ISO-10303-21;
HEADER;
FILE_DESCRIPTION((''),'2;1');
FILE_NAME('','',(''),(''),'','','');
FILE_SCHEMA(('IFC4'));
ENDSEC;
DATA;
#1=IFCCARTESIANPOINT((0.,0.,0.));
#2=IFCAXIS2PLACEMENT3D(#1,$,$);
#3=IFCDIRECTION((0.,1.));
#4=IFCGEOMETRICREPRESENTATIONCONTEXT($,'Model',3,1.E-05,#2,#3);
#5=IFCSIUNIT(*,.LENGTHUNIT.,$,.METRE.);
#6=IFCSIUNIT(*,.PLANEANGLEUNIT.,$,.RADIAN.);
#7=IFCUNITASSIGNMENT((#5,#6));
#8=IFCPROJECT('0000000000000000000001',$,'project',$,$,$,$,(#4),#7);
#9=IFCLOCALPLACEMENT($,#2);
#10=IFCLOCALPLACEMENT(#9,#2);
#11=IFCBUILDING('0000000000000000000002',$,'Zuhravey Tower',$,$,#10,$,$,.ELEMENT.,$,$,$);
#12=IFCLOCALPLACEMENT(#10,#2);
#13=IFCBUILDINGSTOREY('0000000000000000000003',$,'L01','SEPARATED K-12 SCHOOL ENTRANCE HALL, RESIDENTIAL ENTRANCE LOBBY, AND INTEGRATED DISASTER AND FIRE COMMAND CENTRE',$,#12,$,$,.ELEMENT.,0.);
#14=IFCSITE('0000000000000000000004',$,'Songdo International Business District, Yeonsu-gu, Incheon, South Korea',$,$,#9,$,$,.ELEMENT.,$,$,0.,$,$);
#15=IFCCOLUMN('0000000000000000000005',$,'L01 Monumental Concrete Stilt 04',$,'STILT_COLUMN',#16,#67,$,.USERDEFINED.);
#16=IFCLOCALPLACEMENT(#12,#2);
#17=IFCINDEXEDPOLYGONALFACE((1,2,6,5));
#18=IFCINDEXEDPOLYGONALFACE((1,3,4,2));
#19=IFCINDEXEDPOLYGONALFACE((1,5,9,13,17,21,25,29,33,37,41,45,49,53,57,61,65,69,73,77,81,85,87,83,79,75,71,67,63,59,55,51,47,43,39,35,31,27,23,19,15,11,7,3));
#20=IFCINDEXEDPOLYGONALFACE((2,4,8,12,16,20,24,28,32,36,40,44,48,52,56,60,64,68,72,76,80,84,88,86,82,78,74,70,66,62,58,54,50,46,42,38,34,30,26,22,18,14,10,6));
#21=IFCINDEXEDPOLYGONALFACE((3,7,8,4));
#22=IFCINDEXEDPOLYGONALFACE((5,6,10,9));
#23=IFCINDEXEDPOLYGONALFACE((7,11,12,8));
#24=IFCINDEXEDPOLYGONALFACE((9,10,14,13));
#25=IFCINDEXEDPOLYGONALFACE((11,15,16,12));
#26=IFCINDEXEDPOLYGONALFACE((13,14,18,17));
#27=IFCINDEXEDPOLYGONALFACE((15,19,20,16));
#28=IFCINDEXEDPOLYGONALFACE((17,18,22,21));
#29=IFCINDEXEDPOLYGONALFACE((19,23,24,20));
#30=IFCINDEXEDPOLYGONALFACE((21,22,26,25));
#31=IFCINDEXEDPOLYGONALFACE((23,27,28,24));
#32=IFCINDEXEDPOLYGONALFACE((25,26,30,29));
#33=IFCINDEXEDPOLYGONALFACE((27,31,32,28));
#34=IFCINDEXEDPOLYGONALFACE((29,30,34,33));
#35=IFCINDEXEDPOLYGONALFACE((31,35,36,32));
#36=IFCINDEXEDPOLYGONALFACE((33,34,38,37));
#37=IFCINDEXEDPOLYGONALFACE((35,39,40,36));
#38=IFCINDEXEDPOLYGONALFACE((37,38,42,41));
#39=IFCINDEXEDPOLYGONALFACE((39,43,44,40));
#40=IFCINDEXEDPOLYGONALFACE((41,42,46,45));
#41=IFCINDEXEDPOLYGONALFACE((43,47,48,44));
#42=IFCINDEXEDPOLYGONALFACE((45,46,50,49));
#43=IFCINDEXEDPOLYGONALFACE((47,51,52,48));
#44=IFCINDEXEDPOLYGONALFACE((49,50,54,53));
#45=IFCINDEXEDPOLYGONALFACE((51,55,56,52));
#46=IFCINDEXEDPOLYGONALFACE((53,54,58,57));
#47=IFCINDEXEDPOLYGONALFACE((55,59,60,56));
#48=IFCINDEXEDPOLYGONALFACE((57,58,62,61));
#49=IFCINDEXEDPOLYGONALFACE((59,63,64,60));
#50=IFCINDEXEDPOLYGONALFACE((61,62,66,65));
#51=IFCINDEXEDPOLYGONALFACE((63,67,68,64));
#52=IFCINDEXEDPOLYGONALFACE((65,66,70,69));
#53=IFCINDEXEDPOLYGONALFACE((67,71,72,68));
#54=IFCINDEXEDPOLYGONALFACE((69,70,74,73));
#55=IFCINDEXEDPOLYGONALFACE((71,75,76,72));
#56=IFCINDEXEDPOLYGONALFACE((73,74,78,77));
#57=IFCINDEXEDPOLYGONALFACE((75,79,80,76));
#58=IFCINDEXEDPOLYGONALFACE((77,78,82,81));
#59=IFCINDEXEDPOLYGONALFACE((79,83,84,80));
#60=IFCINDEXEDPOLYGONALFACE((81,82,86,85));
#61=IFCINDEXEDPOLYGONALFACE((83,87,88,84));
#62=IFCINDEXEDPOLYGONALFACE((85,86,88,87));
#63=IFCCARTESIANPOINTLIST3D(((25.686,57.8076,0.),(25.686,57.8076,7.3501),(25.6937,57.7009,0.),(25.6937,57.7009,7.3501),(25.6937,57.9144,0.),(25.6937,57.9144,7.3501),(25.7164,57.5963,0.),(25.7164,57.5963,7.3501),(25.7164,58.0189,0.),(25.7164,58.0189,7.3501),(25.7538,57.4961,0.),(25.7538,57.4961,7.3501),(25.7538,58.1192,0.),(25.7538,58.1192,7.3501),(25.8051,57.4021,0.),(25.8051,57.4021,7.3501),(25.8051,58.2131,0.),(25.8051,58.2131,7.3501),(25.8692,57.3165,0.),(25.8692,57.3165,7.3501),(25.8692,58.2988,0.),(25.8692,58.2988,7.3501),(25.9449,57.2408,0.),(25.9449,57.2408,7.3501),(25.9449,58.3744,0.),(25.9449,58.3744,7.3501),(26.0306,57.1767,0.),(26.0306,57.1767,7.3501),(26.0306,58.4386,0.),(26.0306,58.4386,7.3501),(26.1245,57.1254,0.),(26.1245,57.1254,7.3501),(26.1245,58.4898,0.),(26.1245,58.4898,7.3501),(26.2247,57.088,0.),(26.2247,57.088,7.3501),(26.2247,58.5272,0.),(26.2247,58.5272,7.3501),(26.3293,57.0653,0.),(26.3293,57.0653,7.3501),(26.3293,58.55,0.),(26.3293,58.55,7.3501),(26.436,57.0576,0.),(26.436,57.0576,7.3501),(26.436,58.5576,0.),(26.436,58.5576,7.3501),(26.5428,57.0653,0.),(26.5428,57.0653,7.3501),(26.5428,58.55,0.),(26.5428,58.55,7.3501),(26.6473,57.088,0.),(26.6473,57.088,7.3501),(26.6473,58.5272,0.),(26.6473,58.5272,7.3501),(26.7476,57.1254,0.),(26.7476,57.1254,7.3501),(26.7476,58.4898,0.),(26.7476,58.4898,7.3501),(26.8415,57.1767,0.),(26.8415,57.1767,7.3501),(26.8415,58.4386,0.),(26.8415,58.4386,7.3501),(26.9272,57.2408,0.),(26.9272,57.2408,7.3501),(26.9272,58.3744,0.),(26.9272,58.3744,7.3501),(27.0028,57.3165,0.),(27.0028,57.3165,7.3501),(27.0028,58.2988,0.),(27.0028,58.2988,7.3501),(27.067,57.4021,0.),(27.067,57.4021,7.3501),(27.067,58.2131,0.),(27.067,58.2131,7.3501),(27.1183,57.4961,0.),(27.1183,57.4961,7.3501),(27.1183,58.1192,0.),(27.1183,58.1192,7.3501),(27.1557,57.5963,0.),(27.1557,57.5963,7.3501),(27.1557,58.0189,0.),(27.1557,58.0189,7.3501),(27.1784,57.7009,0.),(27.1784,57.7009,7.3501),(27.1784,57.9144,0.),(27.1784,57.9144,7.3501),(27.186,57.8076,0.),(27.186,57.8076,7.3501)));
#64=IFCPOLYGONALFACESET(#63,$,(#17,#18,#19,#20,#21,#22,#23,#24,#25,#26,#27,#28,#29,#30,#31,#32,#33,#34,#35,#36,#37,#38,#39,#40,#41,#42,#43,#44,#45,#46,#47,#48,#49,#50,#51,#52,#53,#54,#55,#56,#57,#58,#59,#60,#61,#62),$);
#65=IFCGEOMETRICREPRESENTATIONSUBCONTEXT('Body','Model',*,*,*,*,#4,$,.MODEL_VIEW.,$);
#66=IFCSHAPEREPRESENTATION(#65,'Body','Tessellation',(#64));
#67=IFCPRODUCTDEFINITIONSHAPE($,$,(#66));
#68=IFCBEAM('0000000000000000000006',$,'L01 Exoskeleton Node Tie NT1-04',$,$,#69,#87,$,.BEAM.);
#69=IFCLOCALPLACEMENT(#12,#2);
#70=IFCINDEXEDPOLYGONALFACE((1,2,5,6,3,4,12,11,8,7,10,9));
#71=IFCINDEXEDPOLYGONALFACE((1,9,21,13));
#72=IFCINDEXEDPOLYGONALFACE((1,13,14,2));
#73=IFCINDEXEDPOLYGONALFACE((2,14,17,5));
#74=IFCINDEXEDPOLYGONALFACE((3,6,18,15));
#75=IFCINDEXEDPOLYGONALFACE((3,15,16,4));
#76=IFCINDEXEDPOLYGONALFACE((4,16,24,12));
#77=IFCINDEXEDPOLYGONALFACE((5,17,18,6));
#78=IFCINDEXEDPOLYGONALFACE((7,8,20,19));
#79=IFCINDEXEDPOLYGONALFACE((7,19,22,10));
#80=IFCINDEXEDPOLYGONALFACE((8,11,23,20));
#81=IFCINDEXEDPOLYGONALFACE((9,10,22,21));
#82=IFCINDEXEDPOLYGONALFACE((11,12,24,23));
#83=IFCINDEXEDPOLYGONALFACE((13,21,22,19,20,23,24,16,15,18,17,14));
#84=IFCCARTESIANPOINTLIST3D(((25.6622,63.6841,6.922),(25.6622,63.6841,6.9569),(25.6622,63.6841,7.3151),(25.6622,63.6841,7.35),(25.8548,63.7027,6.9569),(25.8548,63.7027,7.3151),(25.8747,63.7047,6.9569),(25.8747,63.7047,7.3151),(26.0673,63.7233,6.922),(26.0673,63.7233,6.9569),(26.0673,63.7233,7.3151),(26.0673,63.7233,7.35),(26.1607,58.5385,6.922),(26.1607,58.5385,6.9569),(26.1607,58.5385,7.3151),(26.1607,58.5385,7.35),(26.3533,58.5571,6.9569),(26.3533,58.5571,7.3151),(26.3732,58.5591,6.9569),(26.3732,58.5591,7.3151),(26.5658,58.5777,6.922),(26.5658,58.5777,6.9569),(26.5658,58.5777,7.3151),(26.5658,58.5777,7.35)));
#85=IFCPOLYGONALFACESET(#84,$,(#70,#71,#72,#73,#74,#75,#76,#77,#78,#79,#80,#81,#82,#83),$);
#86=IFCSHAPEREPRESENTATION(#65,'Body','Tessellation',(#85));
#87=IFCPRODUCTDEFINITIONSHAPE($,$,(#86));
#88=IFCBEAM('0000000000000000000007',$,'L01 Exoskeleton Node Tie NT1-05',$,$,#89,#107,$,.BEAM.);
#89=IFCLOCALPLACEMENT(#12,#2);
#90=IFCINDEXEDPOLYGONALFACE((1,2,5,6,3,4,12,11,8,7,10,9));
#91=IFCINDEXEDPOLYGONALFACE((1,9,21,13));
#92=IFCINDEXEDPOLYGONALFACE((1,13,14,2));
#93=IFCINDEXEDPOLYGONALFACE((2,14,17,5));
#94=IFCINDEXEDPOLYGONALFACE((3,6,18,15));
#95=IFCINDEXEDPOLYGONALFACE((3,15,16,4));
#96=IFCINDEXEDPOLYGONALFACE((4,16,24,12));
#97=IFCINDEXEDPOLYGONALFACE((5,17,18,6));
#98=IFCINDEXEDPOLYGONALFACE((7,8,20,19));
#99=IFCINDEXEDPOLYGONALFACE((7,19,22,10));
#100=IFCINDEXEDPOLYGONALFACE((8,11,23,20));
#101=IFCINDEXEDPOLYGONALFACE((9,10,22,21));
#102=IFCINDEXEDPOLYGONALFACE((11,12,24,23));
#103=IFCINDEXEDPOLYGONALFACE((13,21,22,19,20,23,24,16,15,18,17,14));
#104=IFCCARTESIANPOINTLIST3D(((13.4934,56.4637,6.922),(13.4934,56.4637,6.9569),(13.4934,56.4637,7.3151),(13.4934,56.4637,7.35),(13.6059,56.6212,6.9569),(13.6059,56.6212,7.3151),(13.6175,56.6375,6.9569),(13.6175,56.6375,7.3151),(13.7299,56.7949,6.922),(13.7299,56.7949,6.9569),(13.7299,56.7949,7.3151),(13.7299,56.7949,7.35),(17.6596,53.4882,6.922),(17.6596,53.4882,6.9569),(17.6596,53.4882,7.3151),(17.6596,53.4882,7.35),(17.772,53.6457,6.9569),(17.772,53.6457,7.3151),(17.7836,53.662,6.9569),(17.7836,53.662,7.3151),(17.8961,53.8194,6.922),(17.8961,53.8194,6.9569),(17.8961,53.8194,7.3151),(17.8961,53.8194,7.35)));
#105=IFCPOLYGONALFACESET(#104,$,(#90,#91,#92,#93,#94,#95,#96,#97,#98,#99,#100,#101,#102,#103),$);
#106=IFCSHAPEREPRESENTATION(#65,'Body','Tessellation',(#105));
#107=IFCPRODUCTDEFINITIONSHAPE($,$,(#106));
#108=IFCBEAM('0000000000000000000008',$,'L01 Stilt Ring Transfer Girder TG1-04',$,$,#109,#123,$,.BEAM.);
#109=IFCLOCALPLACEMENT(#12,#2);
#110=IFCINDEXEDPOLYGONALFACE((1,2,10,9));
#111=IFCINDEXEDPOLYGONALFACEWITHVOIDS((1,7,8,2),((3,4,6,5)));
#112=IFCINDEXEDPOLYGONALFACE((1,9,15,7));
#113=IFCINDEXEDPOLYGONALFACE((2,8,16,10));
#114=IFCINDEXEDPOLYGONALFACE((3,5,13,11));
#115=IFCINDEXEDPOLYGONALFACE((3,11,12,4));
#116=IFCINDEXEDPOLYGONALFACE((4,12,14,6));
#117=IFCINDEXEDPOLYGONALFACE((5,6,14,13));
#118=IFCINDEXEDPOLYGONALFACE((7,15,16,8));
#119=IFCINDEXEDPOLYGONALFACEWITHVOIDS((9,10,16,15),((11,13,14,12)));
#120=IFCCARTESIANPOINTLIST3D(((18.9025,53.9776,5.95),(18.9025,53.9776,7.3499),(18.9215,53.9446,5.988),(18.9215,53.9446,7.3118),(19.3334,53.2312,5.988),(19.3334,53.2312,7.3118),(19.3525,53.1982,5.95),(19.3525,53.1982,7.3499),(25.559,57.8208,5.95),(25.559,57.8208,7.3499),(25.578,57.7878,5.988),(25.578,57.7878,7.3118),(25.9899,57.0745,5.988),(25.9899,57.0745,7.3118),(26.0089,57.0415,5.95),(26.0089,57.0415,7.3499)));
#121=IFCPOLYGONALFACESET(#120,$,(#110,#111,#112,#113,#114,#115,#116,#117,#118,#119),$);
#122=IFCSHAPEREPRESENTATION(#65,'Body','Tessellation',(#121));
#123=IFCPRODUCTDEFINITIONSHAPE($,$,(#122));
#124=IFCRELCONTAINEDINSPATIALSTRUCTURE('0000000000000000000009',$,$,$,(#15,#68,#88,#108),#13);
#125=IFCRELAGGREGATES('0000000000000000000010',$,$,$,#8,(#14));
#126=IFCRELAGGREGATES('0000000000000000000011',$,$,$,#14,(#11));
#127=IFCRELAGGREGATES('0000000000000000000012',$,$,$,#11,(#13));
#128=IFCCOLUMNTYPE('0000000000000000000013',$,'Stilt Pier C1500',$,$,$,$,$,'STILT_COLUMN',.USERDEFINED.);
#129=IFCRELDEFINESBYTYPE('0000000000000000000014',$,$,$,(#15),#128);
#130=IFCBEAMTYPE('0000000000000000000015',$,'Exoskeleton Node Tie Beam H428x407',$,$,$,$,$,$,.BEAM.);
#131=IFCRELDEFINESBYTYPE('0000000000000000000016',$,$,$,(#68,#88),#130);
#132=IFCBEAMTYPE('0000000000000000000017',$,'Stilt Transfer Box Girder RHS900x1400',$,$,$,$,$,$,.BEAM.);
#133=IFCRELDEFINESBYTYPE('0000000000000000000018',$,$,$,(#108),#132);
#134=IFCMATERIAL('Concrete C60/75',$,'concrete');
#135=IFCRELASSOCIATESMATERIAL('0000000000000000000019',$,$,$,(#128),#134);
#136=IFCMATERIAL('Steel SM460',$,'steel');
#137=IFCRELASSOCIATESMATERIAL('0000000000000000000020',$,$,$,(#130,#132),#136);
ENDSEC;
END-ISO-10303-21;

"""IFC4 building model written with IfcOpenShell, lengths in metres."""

from ifc_helpers import new_model, si_unit, direction, frame, origin, origin_2d, place, context, subcontext, project, spatial, hollow_rectangle, circle, i_section, extrude, material, material_profile, profile_set, type_object, element, save


model = new_model("IFC4")

# Units and contexts
model_context = context("Model", 3, precision=1e-05, world=origin(), true_north=direction((0.0, 1.0)))
body_context = subcontext(model_context, "Body", "Model", "MODEL_VIEW")
ifc_project = project(units=[si_unit("LENGTHUNIT", "METRE"), si_unit("PLANEANGLEUNIT", "RADIAN")], contexts=[model_context])

# Site, building, storey
site_placement = place(None, origin())
site = spatial("IfcSite", under=ifc_project, at=site_placement, Name="Songdo International Business District, Yeonsu-gu, Incheon, South Korea", CompositionType="ELEMENT", RefElevation=0.0)
building_placement = place(site_placement, origin())
building = spatial("IfcBuilding", under=site, at=building_placement, Name="Zuhravey Tower", CompositionType="ELEMENT")
storey_placement = place(building_placement, origin())
storey = spatial("IfcBuildingStorey", under=building, at=storey_placement, Name="L01", Description="SEPARATED K-12 SCHOOL ENTRANCE HALL, RESIDENTIAL ENTRANCE LOBBY, AND INTEGRATED DISASTER AND FIRE COMMAND CENTRE", CompositionType="ELEMENT", Elevation=0.0)

# Column
ifc_material_1 = material(Name="Concrete C60/75", Category="concrete")
ifc_material_profile_1 = material_profile(ifc_material_1, circle(Radius=0.75, at=origin_2d()), Name="RC-CIRC-1500")
ifc_profile_set_1 = profile_set([ifc_material_profile_1], Name="Concrete C60/75")
column_type_1 = type_object("IfcColumnType", Name="Stilt Pier C1500", ElementType="STILT_COLUMN", PredefinedType="USERDEFINED", material=ifc_profile_set_1)
column_placement = place(storey_placement, frame((26.436, 57.8076, 0.0), z_axis=(0.0, 0.0, 1.0), x_axis=(1.0, 0.0, 0.0)))
element("IfcColumn", 1, at=column_placement, inside=storey, type_object=column_type_1, Name="L01 Monumental Concrete Stilt 04", ObjectType="STILT_COLUMN", PredefinedType="USERDEFINED", context=body_context, shape_type="SweptSolid", body=[
    extrude(circle(Radius=0.75, at=origin_2d()), origin(), (0.0, 0.0, 1.0), 7.3501),
])

# Beams
ifc_material_2 = material(Name="Steel SM460", Category="steel")
ifc_material_profile_2 = material_profile(ifc_material_2, i_section(OverallWidth=0.407, OverallDepth=0.428, WebThickness=0.02, FlangeThickness=0.0349, at=origin_2d()), Name="H-428x407x20x35")
ifc_profile_set_2 = profile_set([ifc_material_profile_2], Name="Steel SM460")
beam_type_1 = type_object("IfcBeamType", Name="Exoskeleton Node Tie Beam H428x407", PredefinedType="BEAM", material=ifc_profile_set_2)
beam_1_placement = place(storey_placement, frame((26.3633, 58.5581, 7.136), z_axis=(-0.096436, 0.995339, 0.0), x_axis=(-0.995339, -0.096436, 0.0)))
element("IfcBeam", 2, at=beam_1_placement, inside=storey, type_object=beam_type_1, Name="L01 Exoskeleton Node Tie NT1-04", PredefinedType="BEAM", context=body_context, shape_type="SweptSolid", body=[
    extrude(i_section(OverallWidth=0.407, OverallDepth=0.428, WebThickness=0.02, FlangeThickness=0.0349, at=origin_2d()), origin(), (0.0, 0.0, 1.0), 5.1697),
])
beam_2_placement = place(storey_placement, frame((17.7778, 53.6538, 7.136), z_axis=(-0.813762, 0.581198, 0.0), x_axis=(-0.581198, -0.813762, 0.0)))
element("IfcBeam", 3, at=beam_2_placement, inside=storey, type_object=beam_type_1, Name="L01 Exoskeleton Node Tie NT1-05", PredefinedType="BEAM", context=body_context, shape_type="SweptSolid", body=[
    extrude(i_section(OverallWidth=0.407, OverallDepth=0.428, WebThickness=0.02, FlangeThickness=0.0349, at=origin_2d()), origin(), (0.0, 0.0, 1.0), 5.1196),
])
ifc_material_profile_3 = material_profile(ifc_material_2, hollow_rectangle(XDim=0.8999, YDim=1.3999, WallThickness=0.0381, at=origin_2d()), Name="RHS-900x1400x38")
ifc_profile_set_3 = profile_set([ifc_material_profile_3], Name="Steel SM460")
beam_type_2 = type_object("IfcBeamType", Name="Stilt Transfer Box Girder RHS900x1400", PredefinedType="BEAM", material=ifc_profile_set_3)
beam_3_placement = place(storey_placement, frame((25.7839, 57.4312, 6.6499), z_axis=(-0.866018, -0.500013, 0.0), x_axis=(0.500013, -0.866018, 0.0)))
element("IfcBeam", 4, at=beam_3_placement, inside=storey, type_object=beam_type_2, Name="L01 Stilt Ring Transfer Girder TG1-04", PredefinedType="BEAM", context=body_context, shape_type="SweptSolid", body=[
    extrude(hollow_rectangle(XDim=0.8999, YDim=1.3999, WallThickness=0.0381, at=origin_2d()), origin(), (0.0, 0.0, 1.0), 7.6863),
])

save(model, "model.ifc")
